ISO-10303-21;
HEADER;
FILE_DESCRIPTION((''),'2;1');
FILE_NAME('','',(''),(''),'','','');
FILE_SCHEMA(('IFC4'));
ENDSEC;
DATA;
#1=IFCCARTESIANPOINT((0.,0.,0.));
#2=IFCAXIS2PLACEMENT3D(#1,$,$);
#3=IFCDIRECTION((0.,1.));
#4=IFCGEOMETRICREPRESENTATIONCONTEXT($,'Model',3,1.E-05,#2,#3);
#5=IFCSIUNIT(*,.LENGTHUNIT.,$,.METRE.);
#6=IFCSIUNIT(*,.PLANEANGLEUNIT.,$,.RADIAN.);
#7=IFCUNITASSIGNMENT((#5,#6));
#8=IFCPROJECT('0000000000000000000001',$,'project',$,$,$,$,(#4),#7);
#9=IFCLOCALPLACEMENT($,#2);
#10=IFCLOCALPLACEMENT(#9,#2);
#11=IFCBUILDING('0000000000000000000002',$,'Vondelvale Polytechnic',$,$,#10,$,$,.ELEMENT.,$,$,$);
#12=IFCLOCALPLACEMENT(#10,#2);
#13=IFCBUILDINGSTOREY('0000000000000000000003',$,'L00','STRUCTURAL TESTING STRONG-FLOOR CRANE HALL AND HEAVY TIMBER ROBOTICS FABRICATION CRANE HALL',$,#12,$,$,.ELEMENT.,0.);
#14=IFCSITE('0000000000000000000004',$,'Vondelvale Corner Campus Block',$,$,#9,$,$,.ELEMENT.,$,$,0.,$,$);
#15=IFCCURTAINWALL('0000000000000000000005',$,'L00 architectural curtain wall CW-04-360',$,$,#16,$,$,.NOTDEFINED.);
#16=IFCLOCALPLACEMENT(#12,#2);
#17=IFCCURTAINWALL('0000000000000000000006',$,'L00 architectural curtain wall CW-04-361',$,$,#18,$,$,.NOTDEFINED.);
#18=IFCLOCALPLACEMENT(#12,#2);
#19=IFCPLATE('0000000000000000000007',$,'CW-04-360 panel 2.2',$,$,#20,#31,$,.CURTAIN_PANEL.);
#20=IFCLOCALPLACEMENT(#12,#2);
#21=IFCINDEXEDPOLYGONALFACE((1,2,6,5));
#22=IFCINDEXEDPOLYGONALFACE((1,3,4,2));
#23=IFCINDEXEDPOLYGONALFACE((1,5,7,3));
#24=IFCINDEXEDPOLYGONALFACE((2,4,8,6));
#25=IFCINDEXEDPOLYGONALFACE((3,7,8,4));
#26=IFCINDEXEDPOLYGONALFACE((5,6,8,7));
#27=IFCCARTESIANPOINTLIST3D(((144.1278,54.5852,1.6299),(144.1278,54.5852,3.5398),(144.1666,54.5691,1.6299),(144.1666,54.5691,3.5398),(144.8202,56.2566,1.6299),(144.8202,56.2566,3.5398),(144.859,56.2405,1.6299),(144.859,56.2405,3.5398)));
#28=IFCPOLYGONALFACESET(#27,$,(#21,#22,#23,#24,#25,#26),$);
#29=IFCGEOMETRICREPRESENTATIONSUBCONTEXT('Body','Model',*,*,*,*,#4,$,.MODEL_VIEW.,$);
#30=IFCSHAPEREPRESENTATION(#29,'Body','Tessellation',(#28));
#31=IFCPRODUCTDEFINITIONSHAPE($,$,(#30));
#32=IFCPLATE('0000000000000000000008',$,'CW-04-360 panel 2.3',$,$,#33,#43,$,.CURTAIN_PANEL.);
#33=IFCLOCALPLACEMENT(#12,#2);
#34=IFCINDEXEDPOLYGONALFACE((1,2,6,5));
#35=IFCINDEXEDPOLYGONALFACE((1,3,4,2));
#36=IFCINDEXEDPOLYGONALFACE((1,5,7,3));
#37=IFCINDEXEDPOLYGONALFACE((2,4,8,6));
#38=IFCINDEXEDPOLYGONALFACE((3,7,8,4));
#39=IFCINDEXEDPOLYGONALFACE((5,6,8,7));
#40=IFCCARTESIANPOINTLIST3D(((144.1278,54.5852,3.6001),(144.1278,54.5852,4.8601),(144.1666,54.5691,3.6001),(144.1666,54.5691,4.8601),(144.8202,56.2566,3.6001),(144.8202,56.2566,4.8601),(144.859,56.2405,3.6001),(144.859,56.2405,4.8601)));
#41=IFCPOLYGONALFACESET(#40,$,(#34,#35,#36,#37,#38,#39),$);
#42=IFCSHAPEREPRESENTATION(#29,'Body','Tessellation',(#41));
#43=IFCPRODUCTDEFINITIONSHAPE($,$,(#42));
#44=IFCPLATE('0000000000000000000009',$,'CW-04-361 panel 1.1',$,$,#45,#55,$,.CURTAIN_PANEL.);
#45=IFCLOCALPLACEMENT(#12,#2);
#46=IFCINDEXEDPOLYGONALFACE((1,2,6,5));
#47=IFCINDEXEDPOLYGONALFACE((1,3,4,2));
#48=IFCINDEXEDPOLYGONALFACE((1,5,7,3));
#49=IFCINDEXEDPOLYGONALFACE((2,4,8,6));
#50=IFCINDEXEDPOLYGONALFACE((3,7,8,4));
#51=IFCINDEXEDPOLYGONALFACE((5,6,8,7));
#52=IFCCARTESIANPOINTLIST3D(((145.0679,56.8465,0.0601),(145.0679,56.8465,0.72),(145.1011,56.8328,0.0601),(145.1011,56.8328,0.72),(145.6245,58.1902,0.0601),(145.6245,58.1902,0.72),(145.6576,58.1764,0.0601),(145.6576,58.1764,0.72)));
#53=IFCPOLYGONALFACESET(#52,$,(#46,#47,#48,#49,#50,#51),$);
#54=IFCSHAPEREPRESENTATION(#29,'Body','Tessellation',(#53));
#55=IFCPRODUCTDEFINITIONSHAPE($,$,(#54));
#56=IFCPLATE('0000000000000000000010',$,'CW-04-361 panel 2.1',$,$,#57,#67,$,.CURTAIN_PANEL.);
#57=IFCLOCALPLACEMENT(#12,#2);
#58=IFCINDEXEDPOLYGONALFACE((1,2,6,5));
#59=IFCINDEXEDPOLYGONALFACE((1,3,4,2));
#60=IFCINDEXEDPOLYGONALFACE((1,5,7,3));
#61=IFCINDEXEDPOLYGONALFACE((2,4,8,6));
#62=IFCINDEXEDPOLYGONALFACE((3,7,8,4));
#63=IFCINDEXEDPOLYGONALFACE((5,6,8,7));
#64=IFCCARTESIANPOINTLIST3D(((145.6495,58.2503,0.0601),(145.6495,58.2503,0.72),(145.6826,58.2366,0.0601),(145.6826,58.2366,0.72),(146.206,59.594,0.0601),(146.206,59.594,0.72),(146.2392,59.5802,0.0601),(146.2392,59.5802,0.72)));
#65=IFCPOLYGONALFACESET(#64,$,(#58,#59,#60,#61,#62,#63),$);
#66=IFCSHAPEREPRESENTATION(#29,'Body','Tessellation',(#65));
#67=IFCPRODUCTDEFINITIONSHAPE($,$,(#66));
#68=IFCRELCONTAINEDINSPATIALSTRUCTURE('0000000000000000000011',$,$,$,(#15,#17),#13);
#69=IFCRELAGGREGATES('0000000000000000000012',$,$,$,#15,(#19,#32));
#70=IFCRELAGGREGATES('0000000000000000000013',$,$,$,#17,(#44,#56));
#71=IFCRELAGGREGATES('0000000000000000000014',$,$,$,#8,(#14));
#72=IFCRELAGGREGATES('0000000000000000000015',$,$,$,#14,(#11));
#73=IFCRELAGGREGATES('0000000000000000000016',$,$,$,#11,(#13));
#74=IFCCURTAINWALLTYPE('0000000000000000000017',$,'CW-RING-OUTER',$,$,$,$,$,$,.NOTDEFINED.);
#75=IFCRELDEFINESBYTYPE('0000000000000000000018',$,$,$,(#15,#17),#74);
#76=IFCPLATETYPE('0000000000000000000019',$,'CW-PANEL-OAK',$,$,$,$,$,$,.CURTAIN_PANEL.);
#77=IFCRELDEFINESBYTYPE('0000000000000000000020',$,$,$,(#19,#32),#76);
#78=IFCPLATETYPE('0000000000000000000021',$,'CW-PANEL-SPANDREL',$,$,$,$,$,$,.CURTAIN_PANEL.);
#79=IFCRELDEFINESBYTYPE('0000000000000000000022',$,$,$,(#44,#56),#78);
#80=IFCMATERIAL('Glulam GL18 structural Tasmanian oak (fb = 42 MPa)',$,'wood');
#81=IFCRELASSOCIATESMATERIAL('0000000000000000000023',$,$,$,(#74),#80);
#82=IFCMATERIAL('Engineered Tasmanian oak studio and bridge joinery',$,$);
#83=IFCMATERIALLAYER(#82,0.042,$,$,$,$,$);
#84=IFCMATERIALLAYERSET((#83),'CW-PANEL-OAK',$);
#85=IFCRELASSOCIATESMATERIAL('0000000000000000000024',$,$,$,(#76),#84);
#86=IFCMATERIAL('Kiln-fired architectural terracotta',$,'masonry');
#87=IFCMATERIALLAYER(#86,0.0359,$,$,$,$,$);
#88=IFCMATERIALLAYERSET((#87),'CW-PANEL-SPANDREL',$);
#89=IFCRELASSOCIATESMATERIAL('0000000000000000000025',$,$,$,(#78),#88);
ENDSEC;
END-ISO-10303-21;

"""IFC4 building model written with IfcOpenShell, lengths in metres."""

from ifc_helpers import new_model, si_unit, direction, frame, origin, origin_2d, place, context, subcontext, project, spatial, rectangle, extrude, material, layer, layer_set, type_object, element, aggregate, save


model = new_model("IFC4")

# Units and contexts
model_context = context("Model", 3, precision=1e-05, world=origin(), true_north=direction((0.0, 1.0)))
body_context = subcontext(model_context, "Body", "Model", "MODEL_VIEW")
ifc_project = project(units=[si_unit("LENGTHUNIT", "METRE"), si_unit("PLANEANGLEUNIT", "RADIAN")], contexts=[model_context])

# Site, building, storey
site_placement = place(None, origin())
site = spatial("IfcSite", under=ifc_project, at=site_placement, Name="Vondelvale Corner Campus Block", CompositionType="ELEMENT", RefElevation=0.0)
building_placement = place(site_placement, origin())
building = spatial("IfcBuilding", under=site, at=building_placement, Name="Vondelvale Polytechnic", CompositionType="ELEMENT")
storey_placement = place(building_placement, origin())
storey = spatial("IfcBuildingStorey", under=building, at=storey_placement, Name="L00", Description="STRUCTURAL TESTING STRONG-FLOOR CRANE HALL AND HEAVY TIMBER ROBOTICS FABRICATION CRANE HALL", CompositionType="ELEMENT", Elevation=0.0)

# Shared definitions
ifc_material_1 = material(Name="Glulam GL18 structural Tasmanian oak (fb = 42 MPa)", Category="wood")

# Curtain wall
curtain_wall_type = type_object("IfcCurtainWallType", Name="CW-RING-OUTER", PredefinedType="NOTDEFINED", material=ifc_material_1)
curtain_wall_1_placement = place(storey_placement, origin())
curtain_wall_1 = element("IfcCurtainWall", 1, at=curtain_wall_1_placement, inside=storey, type_object=curtain_wall_type, Name="L00 architectural curtain wall CW-04-360", PredefinedType="NOTDEFINED")

# Curtain wall
curtain_wall_2_placement = place(storey_placement, origin())
curtain_wall_2 = element("IfcCurtainWall", 2, at=curtain_wall_2_placement, inside=storey, type_object=curtain_wall_type, Name="L00 architectural curtain wall CW-04-361", PredefinedType="NOTDEFINED")

# Plates
ifc_material_2 = material(Name="Engineered Tasmanian oak studio and bridge joinery")
ifc_layer_1 = layer(ifc_material_2, 0.042)
ifc_layer_set_1 = layer_set([ifc_layer_1], Name="CW-PANEL-OAK")
plate_type_1 = type_object("IfcPlateType", Name="CW-PANEL-OAK", PredefinedType="CURTAIN_PANEL", material=ifc_layer_set_1)
plate_1_placement = place(storey_placement, frame((144.4934, 55.4128, 1.6299), z_axis=(0.0, 0.0, 1.0), x_axis=(0.382695, 0.923875, 0.0)))
plate_1 = element("IfcPlate", 3, at=plate_1_placement, type_object=plate_type_1, Name="CW-04-360 panel 2.2", PredefinedType="CURTAIN_PANEL", context=body_context, shape_type="SweptSolid", body=[
    extrude(rectangle(XDim=1.8091, YDim=0.042, at=origin_2d()), origin(), (0.0, 0.0, 1.0), 1.9099),
])
plate_2_placement = place(storey_placement, frame((144.4934, 55.4128, 3.6001), z_axis=(0.0, 0.0, 1.0), x_axis=(0.382695, 0.923875, 0.0)))
plate_2 = element("IfcPlate", 4, at=plate_2_placement, type_object=plate_type_1, Name="CW-04-360 panel 2.3", PredefinedType="CURTAIN_PANEL", context=body_context, shape_type="SweptSolid", body=[
    extrude(rectangle(XDim=1.8091, YDim=0.042, at=origin_2d()), origin(), (0.0, 0.0, 1.0), 1.26),
])
aggregate(curtain_wall_1, [plate_1, plate_2])
ifc_material_3 = material(Name="Kiln-fired architectural terracotta", Category="masonry")
ifc_layer_2 = layer(ifc_material_3, 0.0359)
ifc_layer_set_2 = layer_set([ifc_layer_2], Name="CW-PANEL-SPANDREL")
plate_type_2 = type_object("IfcPlateType", Name="CW-PANEL-SPANDREL", PredefinedType="CURTAIN_PANEL", material=ifc_layer_set_2)
plate_3_placement = place(storey_placement, frame((145.3628, 57.5115, 0.0601), z_axis=(0.0, 0.0, 1.0), x_axis=(0.382679, 0.923881, 0.0)))
plate_3 = element("IfcPlate", 5, at=plate_3_placement, type_object=plate_type_2, Name="CW-04-361 panel 1.1", PredefinedType="CURTAIN_PANEL", context=body_context, shape_type="SweptSolid", body=[
    extrude(rectangle(XDim=1.4543, YDim=0.0359, at=origin_2d()), origin(), (0.0, 0.0, 1.0), 0.6599),
])
plate_4_placement = place(storey_placement, frame((145.9443, 58.9153, 0.0601), z_axis=(0.0, 0.0, 1.0), x_axis=(0.382679, 0.923881, 0.0)))
plate_4 = element("IfcPlate", 6, at=plate_4_placement, type_object=plate_type_2, Name="CW-04-361 panel 2.1", PredefinedType="CURTAIN_PANEL", context=body_context, shape_type="SweptSolid", body=[
    extrude(rectangle(XDim=1.4543, YDim=0.0359, at=origin_2d()), origin(), (0.0, 0.0, 1.0), 0.6599),
])
aggregate(curtain_wall_2, [plate_3, plate_4])

save(model, "model.ifc")
